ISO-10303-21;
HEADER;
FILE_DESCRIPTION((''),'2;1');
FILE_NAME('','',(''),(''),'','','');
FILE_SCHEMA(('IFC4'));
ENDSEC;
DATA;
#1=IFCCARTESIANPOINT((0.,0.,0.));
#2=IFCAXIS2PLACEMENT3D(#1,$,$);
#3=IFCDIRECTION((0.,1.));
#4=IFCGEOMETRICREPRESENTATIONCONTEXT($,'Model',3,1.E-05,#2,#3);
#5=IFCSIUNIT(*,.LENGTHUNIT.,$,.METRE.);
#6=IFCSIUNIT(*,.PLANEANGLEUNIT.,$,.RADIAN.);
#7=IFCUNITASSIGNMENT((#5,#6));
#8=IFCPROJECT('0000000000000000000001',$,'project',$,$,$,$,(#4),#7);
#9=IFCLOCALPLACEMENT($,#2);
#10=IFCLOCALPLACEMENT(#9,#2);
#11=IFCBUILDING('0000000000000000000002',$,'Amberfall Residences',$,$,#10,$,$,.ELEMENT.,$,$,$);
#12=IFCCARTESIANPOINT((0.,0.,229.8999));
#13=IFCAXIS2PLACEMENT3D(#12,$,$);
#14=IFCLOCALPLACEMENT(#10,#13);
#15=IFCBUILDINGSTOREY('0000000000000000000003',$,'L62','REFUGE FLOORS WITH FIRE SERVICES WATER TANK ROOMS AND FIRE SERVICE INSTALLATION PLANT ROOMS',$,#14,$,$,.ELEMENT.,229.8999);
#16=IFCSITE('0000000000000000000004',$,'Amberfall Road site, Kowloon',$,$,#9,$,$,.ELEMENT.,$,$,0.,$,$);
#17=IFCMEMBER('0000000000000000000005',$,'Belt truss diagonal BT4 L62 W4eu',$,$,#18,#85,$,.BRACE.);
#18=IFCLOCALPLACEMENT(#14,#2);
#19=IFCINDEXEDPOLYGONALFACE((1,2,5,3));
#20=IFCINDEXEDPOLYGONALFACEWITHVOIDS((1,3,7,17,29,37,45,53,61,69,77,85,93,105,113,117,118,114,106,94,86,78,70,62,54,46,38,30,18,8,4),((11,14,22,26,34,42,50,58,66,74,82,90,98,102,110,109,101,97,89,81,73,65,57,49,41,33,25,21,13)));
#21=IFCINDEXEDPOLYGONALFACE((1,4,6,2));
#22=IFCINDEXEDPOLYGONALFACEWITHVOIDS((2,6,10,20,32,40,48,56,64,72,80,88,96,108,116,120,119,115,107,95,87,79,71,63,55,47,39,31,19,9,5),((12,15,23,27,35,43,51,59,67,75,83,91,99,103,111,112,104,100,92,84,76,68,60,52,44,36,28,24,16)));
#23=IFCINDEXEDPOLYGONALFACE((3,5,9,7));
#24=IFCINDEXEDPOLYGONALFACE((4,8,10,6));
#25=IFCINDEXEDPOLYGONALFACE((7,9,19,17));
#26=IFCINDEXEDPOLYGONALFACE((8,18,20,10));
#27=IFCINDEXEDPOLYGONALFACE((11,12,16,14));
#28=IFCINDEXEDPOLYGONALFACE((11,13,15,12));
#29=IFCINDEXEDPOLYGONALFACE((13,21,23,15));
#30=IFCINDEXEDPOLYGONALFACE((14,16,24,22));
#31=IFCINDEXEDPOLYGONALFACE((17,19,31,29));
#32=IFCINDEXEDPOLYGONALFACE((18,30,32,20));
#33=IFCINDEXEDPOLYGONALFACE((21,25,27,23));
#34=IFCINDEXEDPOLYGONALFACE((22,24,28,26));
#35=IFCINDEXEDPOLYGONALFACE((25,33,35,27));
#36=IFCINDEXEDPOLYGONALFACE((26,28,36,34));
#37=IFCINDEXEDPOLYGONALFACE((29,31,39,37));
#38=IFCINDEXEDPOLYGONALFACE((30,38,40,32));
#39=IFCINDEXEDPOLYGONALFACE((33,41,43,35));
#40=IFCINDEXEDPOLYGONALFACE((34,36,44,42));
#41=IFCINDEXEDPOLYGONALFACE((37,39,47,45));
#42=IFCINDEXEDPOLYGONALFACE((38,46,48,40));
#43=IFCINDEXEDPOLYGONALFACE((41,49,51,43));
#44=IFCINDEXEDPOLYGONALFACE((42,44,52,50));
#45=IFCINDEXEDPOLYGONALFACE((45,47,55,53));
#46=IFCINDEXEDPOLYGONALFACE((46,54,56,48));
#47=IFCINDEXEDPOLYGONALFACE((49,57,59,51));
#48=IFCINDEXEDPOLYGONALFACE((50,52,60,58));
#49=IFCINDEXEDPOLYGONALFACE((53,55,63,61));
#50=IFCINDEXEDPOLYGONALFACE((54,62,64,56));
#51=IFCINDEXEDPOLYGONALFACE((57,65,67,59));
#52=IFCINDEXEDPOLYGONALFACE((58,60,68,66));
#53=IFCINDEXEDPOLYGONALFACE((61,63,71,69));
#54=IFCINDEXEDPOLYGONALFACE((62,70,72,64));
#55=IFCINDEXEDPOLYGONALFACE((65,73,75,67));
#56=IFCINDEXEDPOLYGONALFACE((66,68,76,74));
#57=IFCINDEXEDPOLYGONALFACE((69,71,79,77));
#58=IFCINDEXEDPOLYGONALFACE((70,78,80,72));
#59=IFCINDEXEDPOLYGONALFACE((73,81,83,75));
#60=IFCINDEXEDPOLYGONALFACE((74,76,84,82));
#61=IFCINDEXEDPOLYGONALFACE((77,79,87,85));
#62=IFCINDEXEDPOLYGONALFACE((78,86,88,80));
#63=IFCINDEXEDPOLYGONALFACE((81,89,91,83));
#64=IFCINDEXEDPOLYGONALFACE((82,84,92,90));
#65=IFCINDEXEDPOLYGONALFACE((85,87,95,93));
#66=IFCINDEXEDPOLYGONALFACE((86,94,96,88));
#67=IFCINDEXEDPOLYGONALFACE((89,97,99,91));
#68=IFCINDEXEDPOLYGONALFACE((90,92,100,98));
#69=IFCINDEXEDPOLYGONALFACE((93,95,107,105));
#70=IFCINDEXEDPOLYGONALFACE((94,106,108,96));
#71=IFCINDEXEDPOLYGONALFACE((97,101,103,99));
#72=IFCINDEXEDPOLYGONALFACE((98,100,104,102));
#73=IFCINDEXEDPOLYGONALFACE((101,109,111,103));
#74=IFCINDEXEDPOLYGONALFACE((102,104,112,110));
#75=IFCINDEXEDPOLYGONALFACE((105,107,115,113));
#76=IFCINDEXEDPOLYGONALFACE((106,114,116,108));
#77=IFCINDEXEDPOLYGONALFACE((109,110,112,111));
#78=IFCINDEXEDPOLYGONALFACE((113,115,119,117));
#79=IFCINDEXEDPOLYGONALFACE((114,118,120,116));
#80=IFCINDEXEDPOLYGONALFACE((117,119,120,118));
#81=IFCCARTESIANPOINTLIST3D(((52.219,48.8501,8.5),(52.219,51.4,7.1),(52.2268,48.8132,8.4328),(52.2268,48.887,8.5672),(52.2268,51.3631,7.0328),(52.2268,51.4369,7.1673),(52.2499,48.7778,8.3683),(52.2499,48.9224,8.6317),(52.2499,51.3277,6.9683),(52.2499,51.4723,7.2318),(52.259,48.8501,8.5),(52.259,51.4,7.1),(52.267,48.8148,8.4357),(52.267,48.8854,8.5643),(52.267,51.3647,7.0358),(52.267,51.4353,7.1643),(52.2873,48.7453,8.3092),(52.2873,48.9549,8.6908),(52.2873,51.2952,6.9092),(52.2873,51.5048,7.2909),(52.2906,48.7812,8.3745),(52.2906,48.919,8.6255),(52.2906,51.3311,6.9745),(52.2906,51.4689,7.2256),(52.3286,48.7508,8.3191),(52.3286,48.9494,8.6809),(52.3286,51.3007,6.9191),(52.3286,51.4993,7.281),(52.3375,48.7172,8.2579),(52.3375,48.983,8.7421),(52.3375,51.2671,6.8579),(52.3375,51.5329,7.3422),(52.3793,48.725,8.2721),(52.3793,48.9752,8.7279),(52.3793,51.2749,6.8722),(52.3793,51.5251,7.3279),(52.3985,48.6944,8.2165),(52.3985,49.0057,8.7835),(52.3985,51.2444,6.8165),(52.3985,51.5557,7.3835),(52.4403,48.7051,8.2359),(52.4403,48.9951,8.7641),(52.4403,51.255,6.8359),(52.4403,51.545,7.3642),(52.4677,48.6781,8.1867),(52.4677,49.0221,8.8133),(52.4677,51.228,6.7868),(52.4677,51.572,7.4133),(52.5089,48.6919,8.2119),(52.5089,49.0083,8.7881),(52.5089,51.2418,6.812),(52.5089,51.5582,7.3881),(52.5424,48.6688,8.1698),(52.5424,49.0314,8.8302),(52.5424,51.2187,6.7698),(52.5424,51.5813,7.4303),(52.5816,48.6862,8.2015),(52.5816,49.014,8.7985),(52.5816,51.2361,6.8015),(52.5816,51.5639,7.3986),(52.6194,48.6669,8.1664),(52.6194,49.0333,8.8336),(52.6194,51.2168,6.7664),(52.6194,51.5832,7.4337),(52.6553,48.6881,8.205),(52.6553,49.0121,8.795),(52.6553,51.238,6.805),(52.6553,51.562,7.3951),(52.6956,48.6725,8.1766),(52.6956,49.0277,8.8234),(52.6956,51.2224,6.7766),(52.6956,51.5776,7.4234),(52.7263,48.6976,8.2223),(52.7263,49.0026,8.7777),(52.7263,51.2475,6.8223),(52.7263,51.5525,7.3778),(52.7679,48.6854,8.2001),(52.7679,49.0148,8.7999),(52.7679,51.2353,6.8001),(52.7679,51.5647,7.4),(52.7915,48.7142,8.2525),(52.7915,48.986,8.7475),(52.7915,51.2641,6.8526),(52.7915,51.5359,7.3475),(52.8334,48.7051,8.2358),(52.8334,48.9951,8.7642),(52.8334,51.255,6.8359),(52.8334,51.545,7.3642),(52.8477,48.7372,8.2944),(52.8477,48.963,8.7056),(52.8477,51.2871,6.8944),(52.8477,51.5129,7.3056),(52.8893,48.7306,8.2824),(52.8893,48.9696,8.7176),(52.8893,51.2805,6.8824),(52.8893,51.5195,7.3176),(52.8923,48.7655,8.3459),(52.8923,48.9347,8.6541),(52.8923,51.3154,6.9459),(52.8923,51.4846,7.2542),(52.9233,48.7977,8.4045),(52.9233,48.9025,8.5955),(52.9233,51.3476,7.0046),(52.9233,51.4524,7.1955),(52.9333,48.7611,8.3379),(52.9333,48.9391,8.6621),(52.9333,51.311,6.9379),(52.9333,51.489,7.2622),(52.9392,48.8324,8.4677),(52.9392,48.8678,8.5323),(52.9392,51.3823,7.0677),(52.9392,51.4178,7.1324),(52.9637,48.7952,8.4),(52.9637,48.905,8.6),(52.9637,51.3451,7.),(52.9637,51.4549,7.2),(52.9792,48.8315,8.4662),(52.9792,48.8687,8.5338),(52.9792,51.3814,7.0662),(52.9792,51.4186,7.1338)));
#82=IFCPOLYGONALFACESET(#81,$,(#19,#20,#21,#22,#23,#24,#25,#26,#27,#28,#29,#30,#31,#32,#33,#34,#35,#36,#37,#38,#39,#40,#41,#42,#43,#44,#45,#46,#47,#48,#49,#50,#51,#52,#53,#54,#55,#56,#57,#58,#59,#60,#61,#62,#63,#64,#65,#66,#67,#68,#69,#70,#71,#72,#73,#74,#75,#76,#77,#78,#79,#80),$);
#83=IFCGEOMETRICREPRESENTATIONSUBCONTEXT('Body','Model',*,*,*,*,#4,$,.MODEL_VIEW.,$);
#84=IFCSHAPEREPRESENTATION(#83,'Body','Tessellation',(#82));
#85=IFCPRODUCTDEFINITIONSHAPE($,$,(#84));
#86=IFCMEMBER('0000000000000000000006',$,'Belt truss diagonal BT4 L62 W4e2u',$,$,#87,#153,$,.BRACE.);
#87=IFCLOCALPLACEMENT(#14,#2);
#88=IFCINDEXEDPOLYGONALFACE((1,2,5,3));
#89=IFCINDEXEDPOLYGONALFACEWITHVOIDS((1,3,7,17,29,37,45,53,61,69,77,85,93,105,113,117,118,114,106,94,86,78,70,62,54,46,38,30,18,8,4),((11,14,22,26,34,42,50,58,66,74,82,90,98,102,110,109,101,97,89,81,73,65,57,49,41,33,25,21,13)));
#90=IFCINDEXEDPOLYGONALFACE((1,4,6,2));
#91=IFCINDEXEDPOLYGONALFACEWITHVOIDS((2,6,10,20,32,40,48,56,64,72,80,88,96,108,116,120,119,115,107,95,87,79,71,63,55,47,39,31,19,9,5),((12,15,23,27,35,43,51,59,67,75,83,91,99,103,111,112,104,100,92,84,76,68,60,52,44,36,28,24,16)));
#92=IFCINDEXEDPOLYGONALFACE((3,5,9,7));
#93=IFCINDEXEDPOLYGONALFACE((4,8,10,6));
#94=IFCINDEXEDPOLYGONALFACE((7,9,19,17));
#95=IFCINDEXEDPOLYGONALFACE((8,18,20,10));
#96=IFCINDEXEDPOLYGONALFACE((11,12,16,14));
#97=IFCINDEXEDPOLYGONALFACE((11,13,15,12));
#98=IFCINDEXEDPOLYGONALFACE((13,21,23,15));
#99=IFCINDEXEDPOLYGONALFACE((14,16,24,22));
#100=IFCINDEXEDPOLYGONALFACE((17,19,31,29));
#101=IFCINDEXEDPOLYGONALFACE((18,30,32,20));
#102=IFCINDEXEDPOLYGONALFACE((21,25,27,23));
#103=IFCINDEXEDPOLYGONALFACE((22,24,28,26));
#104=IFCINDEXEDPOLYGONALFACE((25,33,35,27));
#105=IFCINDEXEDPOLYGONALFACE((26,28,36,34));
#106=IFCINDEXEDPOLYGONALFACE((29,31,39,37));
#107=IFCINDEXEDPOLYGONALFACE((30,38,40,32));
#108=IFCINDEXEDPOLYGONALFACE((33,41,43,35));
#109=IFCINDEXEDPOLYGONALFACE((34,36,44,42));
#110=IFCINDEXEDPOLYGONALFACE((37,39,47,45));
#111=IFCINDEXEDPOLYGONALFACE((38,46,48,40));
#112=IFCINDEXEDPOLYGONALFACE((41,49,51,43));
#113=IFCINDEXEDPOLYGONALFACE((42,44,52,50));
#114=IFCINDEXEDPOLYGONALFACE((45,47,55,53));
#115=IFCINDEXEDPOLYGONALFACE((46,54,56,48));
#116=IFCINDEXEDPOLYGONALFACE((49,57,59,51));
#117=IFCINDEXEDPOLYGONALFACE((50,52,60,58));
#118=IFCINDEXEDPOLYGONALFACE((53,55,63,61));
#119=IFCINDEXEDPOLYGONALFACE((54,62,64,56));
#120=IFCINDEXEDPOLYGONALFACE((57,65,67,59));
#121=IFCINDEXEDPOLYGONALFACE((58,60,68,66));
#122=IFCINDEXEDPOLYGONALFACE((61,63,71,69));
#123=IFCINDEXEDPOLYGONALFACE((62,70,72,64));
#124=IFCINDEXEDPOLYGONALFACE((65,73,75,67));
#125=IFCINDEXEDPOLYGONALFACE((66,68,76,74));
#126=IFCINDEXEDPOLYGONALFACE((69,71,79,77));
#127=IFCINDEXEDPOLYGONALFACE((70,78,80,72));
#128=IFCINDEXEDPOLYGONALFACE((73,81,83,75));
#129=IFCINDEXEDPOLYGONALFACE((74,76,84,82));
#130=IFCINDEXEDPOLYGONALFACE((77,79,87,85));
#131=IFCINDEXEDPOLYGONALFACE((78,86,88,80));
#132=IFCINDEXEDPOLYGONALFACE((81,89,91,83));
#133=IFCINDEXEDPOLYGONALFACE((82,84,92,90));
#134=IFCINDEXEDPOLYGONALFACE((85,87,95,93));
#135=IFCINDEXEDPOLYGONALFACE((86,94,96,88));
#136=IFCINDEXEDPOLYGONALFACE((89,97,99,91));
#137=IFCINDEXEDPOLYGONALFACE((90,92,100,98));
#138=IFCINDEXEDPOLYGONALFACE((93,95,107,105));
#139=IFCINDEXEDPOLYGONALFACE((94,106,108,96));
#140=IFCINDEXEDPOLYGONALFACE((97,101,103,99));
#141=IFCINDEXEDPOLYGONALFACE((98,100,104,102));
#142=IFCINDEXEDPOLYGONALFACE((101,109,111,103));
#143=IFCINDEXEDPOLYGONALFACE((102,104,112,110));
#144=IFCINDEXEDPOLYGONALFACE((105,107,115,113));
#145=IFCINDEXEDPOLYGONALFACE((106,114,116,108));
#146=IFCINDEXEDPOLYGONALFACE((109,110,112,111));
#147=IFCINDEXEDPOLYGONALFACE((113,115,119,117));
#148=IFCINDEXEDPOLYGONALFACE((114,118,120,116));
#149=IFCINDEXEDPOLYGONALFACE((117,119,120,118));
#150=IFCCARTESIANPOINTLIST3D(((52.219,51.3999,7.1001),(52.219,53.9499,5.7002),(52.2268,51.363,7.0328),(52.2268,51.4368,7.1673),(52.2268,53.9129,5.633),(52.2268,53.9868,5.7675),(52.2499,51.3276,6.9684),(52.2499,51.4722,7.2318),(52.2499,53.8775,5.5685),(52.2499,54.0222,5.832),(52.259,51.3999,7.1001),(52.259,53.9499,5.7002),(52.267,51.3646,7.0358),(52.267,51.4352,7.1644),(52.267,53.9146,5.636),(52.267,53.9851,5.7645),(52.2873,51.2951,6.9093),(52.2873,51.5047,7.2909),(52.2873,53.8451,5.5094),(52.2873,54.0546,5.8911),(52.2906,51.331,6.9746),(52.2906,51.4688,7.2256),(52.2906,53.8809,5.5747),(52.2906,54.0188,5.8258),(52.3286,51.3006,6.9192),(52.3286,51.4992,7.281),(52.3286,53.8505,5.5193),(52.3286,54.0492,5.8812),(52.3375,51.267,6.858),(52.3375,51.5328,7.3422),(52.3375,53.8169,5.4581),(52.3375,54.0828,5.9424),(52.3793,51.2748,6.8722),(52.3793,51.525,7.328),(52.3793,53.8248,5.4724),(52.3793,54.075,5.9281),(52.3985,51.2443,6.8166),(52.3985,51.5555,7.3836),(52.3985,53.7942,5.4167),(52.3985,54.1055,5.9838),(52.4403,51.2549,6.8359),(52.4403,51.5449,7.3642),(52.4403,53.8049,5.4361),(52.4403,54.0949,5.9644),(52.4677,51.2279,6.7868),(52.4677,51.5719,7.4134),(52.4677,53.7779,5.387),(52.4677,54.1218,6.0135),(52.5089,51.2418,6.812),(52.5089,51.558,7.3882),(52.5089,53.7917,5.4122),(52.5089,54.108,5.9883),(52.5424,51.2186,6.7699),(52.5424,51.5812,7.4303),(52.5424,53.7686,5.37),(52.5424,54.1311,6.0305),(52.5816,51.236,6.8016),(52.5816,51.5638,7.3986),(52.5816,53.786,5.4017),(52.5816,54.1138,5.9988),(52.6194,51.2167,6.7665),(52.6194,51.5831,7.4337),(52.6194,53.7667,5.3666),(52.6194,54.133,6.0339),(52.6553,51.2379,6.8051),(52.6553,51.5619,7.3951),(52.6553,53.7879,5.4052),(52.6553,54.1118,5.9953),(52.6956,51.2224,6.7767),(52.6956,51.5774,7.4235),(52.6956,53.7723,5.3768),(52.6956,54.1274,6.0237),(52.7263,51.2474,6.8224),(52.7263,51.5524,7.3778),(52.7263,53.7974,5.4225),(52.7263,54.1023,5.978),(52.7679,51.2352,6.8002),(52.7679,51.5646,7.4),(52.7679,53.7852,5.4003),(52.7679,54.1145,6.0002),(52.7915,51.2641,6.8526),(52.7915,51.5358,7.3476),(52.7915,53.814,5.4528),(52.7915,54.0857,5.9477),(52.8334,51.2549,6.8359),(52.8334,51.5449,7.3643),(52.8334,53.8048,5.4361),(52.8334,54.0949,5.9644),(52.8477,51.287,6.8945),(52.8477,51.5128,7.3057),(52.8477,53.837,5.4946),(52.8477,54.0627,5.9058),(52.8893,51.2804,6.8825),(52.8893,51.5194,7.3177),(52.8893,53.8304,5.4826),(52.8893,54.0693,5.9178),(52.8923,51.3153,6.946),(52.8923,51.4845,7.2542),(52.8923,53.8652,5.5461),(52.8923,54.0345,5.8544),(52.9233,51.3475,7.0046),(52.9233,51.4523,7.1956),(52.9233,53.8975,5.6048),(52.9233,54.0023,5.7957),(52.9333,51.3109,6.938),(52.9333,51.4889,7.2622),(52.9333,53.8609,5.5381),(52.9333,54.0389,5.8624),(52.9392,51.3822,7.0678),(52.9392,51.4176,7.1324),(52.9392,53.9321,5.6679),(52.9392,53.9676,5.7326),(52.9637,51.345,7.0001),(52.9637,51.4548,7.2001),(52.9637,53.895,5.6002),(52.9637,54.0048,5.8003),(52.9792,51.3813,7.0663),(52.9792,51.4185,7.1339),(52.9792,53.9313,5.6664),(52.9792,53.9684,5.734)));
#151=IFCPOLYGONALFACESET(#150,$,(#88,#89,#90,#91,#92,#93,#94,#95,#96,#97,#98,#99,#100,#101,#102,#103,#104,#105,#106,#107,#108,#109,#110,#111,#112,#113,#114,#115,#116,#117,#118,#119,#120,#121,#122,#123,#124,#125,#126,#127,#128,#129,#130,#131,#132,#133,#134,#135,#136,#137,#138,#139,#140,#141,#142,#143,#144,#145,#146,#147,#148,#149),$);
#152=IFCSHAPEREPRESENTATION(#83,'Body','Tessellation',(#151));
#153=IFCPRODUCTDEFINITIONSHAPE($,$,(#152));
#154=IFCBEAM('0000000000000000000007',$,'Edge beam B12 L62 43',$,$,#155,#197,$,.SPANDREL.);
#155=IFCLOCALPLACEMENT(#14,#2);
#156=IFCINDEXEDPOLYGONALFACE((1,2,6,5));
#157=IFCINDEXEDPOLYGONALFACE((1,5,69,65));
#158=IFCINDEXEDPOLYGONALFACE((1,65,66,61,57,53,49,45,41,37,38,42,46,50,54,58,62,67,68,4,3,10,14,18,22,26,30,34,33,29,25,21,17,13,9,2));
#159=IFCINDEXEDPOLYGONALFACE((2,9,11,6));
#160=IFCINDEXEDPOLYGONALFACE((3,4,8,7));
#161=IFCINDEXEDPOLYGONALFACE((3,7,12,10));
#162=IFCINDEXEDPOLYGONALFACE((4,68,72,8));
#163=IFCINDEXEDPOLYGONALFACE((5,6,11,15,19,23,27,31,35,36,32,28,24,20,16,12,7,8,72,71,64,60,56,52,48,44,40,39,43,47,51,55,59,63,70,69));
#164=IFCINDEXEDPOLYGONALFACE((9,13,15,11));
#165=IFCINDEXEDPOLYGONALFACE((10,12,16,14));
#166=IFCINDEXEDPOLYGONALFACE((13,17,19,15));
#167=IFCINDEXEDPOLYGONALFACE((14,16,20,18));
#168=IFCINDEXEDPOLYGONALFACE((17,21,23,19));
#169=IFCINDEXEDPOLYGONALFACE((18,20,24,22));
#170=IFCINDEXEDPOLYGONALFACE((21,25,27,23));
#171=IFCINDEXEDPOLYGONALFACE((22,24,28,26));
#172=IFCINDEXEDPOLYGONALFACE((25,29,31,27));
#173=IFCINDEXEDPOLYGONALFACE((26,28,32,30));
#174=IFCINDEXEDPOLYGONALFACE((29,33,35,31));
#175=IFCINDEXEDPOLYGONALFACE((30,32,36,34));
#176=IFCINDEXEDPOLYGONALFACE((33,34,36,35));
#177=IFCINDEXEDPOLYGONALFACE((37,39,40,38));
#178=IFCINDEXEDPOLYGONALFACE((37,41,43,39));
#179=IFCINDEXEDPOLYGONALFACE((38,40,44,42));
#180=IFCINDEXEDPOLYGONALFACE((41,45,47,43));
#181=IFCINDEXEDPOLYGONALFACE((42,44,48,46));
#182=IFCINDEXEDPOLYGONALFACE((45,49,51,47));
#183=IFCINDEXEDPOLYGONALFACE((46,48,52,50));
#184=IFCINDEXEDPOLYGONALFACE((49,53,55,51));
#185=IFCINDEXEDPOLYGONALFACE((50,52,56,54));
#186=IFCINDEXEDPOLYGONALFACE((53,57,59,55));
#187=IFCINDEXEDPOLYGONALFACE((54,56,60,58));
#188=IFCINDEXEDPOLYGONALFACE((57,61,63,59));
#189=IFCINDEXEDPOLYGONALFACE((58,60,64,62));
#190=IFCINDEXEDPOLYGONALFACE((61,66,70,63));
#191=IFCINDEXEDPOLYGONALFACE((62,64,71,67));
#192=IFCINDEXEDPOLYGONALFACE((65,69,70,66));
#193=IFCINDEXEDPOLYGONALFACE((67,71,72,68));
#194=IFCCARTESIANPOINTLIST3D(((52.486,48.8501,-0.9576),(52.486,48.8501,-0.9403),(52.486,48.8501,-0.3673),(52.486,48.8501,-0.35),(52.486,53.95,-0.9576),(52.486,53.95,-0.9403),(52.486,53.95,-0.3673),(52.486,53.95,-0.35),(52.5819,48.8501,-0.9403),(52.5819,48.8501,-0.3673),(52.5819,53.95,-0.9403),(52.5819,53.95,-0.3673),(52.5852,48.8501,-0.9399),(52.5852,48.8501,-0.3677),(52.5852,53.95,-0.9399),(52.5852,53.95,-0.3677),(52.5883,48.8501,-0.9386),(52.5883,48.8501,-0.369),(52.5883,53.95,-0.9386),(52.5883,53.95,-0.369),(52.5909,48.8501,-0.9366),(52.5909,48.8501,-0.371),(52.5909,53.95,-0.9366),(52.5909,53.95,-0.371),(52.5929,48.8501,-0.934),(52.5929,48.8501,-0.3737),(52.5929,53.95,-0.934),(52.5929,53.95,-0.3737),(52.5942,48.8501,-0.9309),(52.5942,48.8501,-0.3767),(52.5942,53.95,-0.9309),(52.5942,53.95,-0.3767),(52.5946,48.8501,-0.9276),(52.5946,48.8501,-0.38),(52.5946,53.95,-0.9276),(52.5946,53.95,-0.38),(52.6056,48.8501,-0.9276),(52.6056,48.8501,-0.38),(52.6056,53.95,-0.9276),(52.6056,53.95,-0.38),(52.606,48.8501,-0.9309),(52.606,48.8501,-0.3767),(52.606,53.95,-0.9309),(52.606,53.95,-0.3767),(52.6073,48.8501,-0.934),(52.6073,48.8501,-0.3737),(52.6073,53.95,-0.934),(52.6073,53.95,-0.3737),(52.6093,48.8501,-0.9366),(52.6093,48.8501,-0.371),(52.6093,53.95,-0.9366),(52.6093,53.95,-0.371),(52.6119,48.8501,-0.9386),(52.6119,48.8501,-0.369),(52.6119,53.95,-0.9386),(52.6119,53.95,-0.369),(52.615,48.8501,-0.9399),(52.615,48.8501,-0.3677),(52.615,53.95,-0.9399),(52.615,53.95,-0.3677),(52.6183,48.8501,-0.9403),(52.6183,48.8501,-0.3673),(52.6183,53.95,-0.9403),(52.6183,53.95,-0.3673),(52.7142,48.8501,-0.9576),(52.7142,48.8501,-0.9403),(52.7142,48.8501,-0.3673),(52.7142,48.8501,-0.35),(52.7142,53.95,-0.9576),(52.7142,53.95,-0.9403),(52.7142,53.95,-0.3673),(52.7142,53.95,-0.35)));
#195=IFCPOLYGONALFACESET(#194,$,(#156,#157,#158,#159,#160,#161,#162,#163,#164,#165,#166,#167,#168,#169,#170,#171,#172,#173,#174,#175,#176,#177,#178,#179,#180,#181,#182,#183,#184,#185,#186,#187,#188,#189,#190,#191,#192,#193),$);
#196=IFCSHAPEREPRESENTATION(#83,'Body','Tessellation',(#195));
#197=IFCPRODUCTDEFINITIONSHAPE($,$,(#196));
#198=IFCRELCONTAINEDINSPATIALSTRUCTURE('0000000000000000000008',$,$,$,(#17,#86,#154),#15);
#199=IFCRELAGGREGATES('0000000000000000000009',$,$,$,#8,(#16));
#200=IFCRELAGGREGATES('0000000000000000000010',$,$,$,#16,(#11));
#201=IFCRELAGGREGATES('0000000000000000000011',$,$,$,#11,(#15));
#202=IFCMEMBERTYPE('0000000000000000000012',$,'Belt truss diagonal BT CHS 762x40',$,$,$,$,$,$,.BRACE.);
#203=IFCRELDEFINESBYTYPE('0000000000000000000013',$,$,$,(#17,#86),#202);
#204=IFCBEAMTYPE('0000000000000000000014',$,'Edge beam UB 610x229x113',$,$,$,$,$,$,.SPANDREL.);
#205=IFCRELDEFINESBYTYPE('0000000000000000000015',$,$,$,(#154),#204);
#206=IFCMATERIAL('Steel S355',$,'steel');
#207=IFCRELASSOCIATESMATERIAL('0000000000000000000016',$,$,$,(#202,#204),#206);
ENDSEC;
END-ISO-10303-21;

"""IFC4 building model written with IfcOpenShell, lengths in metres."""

from ifc_helpers import new_model, si_unit, direction, frame, origin, origin_2d, place, context, subcontext, project, spatial, hollow_circle, i_section, extrude, material, material_profile, profile_set, type_object, element, save


model = new_model("IFC4")

# Units and contexts
model_context = context("Model", 3, precision=1e-05, world=origin(), true_north=direction((0.0, 1.0)))
body_context = subcontext(model_context, "Body", "Model", "MODEL_VIEW")
ifc_project = project(units=[si_unit("LENGTHUNIT", "METRE"), si_unit("PLANEANGLEUNIT", "RADIAN")], contexts=[model_context])

# Site, building, storey
site_placement = place(None, origin())
site = spatial("IfcSite", under=ifc_project, at=site_placement, Name="Amberfall Road site, Kowloon", CompositionType="ELEMENT", RefElevation=0.0)
building_placement = place(site_placement, origin())
building = spatial("IfcBuilding", under=site, at=building_placement, Name="Amberfall Residences", CompositionType="ELEMENT")
storey_placement = place(building_placement, frame((0.0, 0.0, 229.8999)))
storey = spatial("IfcBuildingStorey", under=building, at=storey_placement, Name="L62", Description="REFUGE FLOORS WITH FIRE SERVICES WATER TANK ROOMS AND FIRE SERVICE INSTALLATION PLANT ROOMS", CompositionType="ELEMENT", Elevation=229.8999)

# Shared definitions
ifc_material_1 = material(Name="Steel S355", Category="steel")

# Members
ifc_material_profile_1 = material_profile(ifc_material_1, hollow_circle(Radius=0.3811, WallThickness=0.04, at=origin_2d()), Name="CHS 762x40")
ifc_profile_set_1 = profile_set([ifc_material_profile_1], Name="Steel S355")
member_type_1 = type_object("IfcMemberType", Name="Belt truss diagonal BT CHS 762x40", PredefinedType="BRACE", material=ifc_profile_set_1)
for number, where, z_axis, x_axis, name in (
    (1, (52.6001, 48.8501, 8.5), (0.0, 0.876577, -0.481261), (-1.0, 0.0, 0.0), "Belt truss diagonal BT4 L62 W4eu"),
    (2, (52.6001, 51.3999, 7.1001), (0.0, 0.876597, -0.481226), (-1.0, 0.0, 0.0), "Belt truss diagonal BT4 L62 W4e2u"),
):
    element("IfcMember", number, at=place(storey_placement, frame(where, z_axis=z_axis, x_axis=x_axis)), inside=storey, type_object=member_type_1, Name=name, PredefinedType="BRACE", context=body_context, shape_type="SweptSolid", body=[
        extrude(hollow_circle(Radius=0.3811, WallThickness=0.04, at=origin_2d()), origin(), (0.0, 0.0, 1.0), 2.9089),
    ])

# Beam
ifc_material_profile_2 = material_profile(ifc_material_1, i_section(OverallWidth=0.2283, OverallDepth=0.6077, WebThickness=0.011, FlangeThickness=0.0173, FilletRadius=0.0127, at=origin_2d()), Name="UB 610x229x113")
ifc_profile_set_2 = profile_set([ifc_material_profile_2], Name="Steel S355")
beam_type_1 = type_object("IfcBeamType", Name="Edge beam UB 610x229x113", PredefinedType="SPANDREL", material=ifc_profile_set_2)
beam_1_placement = place(storey_placement, frame((52.6001, 48.8501, -0.6538), z_axis=(0.0, 1.0, 0.0), x_axis=(-1.0, 0.0, 0.0)))
element("IfcBeam", 3, at=beam_1_placement, inside=storey, type_object=beam_type_1, Name="Edge beam B12 L62 43", PredefinedType="SPANDREL", context=body_context, shape_type="SweptSolid", body=[
    extrude(i_section(OverallWidth=0.2283, OverallDepth=0.6077, WebThickness=0.011, FlangeThickness=0.0173, FilletRadius=0.0127, at=origin_2d()), origin(), (0.0, 0.0, 1.0), 5.0999),
])

save(model, "model.ifc")
